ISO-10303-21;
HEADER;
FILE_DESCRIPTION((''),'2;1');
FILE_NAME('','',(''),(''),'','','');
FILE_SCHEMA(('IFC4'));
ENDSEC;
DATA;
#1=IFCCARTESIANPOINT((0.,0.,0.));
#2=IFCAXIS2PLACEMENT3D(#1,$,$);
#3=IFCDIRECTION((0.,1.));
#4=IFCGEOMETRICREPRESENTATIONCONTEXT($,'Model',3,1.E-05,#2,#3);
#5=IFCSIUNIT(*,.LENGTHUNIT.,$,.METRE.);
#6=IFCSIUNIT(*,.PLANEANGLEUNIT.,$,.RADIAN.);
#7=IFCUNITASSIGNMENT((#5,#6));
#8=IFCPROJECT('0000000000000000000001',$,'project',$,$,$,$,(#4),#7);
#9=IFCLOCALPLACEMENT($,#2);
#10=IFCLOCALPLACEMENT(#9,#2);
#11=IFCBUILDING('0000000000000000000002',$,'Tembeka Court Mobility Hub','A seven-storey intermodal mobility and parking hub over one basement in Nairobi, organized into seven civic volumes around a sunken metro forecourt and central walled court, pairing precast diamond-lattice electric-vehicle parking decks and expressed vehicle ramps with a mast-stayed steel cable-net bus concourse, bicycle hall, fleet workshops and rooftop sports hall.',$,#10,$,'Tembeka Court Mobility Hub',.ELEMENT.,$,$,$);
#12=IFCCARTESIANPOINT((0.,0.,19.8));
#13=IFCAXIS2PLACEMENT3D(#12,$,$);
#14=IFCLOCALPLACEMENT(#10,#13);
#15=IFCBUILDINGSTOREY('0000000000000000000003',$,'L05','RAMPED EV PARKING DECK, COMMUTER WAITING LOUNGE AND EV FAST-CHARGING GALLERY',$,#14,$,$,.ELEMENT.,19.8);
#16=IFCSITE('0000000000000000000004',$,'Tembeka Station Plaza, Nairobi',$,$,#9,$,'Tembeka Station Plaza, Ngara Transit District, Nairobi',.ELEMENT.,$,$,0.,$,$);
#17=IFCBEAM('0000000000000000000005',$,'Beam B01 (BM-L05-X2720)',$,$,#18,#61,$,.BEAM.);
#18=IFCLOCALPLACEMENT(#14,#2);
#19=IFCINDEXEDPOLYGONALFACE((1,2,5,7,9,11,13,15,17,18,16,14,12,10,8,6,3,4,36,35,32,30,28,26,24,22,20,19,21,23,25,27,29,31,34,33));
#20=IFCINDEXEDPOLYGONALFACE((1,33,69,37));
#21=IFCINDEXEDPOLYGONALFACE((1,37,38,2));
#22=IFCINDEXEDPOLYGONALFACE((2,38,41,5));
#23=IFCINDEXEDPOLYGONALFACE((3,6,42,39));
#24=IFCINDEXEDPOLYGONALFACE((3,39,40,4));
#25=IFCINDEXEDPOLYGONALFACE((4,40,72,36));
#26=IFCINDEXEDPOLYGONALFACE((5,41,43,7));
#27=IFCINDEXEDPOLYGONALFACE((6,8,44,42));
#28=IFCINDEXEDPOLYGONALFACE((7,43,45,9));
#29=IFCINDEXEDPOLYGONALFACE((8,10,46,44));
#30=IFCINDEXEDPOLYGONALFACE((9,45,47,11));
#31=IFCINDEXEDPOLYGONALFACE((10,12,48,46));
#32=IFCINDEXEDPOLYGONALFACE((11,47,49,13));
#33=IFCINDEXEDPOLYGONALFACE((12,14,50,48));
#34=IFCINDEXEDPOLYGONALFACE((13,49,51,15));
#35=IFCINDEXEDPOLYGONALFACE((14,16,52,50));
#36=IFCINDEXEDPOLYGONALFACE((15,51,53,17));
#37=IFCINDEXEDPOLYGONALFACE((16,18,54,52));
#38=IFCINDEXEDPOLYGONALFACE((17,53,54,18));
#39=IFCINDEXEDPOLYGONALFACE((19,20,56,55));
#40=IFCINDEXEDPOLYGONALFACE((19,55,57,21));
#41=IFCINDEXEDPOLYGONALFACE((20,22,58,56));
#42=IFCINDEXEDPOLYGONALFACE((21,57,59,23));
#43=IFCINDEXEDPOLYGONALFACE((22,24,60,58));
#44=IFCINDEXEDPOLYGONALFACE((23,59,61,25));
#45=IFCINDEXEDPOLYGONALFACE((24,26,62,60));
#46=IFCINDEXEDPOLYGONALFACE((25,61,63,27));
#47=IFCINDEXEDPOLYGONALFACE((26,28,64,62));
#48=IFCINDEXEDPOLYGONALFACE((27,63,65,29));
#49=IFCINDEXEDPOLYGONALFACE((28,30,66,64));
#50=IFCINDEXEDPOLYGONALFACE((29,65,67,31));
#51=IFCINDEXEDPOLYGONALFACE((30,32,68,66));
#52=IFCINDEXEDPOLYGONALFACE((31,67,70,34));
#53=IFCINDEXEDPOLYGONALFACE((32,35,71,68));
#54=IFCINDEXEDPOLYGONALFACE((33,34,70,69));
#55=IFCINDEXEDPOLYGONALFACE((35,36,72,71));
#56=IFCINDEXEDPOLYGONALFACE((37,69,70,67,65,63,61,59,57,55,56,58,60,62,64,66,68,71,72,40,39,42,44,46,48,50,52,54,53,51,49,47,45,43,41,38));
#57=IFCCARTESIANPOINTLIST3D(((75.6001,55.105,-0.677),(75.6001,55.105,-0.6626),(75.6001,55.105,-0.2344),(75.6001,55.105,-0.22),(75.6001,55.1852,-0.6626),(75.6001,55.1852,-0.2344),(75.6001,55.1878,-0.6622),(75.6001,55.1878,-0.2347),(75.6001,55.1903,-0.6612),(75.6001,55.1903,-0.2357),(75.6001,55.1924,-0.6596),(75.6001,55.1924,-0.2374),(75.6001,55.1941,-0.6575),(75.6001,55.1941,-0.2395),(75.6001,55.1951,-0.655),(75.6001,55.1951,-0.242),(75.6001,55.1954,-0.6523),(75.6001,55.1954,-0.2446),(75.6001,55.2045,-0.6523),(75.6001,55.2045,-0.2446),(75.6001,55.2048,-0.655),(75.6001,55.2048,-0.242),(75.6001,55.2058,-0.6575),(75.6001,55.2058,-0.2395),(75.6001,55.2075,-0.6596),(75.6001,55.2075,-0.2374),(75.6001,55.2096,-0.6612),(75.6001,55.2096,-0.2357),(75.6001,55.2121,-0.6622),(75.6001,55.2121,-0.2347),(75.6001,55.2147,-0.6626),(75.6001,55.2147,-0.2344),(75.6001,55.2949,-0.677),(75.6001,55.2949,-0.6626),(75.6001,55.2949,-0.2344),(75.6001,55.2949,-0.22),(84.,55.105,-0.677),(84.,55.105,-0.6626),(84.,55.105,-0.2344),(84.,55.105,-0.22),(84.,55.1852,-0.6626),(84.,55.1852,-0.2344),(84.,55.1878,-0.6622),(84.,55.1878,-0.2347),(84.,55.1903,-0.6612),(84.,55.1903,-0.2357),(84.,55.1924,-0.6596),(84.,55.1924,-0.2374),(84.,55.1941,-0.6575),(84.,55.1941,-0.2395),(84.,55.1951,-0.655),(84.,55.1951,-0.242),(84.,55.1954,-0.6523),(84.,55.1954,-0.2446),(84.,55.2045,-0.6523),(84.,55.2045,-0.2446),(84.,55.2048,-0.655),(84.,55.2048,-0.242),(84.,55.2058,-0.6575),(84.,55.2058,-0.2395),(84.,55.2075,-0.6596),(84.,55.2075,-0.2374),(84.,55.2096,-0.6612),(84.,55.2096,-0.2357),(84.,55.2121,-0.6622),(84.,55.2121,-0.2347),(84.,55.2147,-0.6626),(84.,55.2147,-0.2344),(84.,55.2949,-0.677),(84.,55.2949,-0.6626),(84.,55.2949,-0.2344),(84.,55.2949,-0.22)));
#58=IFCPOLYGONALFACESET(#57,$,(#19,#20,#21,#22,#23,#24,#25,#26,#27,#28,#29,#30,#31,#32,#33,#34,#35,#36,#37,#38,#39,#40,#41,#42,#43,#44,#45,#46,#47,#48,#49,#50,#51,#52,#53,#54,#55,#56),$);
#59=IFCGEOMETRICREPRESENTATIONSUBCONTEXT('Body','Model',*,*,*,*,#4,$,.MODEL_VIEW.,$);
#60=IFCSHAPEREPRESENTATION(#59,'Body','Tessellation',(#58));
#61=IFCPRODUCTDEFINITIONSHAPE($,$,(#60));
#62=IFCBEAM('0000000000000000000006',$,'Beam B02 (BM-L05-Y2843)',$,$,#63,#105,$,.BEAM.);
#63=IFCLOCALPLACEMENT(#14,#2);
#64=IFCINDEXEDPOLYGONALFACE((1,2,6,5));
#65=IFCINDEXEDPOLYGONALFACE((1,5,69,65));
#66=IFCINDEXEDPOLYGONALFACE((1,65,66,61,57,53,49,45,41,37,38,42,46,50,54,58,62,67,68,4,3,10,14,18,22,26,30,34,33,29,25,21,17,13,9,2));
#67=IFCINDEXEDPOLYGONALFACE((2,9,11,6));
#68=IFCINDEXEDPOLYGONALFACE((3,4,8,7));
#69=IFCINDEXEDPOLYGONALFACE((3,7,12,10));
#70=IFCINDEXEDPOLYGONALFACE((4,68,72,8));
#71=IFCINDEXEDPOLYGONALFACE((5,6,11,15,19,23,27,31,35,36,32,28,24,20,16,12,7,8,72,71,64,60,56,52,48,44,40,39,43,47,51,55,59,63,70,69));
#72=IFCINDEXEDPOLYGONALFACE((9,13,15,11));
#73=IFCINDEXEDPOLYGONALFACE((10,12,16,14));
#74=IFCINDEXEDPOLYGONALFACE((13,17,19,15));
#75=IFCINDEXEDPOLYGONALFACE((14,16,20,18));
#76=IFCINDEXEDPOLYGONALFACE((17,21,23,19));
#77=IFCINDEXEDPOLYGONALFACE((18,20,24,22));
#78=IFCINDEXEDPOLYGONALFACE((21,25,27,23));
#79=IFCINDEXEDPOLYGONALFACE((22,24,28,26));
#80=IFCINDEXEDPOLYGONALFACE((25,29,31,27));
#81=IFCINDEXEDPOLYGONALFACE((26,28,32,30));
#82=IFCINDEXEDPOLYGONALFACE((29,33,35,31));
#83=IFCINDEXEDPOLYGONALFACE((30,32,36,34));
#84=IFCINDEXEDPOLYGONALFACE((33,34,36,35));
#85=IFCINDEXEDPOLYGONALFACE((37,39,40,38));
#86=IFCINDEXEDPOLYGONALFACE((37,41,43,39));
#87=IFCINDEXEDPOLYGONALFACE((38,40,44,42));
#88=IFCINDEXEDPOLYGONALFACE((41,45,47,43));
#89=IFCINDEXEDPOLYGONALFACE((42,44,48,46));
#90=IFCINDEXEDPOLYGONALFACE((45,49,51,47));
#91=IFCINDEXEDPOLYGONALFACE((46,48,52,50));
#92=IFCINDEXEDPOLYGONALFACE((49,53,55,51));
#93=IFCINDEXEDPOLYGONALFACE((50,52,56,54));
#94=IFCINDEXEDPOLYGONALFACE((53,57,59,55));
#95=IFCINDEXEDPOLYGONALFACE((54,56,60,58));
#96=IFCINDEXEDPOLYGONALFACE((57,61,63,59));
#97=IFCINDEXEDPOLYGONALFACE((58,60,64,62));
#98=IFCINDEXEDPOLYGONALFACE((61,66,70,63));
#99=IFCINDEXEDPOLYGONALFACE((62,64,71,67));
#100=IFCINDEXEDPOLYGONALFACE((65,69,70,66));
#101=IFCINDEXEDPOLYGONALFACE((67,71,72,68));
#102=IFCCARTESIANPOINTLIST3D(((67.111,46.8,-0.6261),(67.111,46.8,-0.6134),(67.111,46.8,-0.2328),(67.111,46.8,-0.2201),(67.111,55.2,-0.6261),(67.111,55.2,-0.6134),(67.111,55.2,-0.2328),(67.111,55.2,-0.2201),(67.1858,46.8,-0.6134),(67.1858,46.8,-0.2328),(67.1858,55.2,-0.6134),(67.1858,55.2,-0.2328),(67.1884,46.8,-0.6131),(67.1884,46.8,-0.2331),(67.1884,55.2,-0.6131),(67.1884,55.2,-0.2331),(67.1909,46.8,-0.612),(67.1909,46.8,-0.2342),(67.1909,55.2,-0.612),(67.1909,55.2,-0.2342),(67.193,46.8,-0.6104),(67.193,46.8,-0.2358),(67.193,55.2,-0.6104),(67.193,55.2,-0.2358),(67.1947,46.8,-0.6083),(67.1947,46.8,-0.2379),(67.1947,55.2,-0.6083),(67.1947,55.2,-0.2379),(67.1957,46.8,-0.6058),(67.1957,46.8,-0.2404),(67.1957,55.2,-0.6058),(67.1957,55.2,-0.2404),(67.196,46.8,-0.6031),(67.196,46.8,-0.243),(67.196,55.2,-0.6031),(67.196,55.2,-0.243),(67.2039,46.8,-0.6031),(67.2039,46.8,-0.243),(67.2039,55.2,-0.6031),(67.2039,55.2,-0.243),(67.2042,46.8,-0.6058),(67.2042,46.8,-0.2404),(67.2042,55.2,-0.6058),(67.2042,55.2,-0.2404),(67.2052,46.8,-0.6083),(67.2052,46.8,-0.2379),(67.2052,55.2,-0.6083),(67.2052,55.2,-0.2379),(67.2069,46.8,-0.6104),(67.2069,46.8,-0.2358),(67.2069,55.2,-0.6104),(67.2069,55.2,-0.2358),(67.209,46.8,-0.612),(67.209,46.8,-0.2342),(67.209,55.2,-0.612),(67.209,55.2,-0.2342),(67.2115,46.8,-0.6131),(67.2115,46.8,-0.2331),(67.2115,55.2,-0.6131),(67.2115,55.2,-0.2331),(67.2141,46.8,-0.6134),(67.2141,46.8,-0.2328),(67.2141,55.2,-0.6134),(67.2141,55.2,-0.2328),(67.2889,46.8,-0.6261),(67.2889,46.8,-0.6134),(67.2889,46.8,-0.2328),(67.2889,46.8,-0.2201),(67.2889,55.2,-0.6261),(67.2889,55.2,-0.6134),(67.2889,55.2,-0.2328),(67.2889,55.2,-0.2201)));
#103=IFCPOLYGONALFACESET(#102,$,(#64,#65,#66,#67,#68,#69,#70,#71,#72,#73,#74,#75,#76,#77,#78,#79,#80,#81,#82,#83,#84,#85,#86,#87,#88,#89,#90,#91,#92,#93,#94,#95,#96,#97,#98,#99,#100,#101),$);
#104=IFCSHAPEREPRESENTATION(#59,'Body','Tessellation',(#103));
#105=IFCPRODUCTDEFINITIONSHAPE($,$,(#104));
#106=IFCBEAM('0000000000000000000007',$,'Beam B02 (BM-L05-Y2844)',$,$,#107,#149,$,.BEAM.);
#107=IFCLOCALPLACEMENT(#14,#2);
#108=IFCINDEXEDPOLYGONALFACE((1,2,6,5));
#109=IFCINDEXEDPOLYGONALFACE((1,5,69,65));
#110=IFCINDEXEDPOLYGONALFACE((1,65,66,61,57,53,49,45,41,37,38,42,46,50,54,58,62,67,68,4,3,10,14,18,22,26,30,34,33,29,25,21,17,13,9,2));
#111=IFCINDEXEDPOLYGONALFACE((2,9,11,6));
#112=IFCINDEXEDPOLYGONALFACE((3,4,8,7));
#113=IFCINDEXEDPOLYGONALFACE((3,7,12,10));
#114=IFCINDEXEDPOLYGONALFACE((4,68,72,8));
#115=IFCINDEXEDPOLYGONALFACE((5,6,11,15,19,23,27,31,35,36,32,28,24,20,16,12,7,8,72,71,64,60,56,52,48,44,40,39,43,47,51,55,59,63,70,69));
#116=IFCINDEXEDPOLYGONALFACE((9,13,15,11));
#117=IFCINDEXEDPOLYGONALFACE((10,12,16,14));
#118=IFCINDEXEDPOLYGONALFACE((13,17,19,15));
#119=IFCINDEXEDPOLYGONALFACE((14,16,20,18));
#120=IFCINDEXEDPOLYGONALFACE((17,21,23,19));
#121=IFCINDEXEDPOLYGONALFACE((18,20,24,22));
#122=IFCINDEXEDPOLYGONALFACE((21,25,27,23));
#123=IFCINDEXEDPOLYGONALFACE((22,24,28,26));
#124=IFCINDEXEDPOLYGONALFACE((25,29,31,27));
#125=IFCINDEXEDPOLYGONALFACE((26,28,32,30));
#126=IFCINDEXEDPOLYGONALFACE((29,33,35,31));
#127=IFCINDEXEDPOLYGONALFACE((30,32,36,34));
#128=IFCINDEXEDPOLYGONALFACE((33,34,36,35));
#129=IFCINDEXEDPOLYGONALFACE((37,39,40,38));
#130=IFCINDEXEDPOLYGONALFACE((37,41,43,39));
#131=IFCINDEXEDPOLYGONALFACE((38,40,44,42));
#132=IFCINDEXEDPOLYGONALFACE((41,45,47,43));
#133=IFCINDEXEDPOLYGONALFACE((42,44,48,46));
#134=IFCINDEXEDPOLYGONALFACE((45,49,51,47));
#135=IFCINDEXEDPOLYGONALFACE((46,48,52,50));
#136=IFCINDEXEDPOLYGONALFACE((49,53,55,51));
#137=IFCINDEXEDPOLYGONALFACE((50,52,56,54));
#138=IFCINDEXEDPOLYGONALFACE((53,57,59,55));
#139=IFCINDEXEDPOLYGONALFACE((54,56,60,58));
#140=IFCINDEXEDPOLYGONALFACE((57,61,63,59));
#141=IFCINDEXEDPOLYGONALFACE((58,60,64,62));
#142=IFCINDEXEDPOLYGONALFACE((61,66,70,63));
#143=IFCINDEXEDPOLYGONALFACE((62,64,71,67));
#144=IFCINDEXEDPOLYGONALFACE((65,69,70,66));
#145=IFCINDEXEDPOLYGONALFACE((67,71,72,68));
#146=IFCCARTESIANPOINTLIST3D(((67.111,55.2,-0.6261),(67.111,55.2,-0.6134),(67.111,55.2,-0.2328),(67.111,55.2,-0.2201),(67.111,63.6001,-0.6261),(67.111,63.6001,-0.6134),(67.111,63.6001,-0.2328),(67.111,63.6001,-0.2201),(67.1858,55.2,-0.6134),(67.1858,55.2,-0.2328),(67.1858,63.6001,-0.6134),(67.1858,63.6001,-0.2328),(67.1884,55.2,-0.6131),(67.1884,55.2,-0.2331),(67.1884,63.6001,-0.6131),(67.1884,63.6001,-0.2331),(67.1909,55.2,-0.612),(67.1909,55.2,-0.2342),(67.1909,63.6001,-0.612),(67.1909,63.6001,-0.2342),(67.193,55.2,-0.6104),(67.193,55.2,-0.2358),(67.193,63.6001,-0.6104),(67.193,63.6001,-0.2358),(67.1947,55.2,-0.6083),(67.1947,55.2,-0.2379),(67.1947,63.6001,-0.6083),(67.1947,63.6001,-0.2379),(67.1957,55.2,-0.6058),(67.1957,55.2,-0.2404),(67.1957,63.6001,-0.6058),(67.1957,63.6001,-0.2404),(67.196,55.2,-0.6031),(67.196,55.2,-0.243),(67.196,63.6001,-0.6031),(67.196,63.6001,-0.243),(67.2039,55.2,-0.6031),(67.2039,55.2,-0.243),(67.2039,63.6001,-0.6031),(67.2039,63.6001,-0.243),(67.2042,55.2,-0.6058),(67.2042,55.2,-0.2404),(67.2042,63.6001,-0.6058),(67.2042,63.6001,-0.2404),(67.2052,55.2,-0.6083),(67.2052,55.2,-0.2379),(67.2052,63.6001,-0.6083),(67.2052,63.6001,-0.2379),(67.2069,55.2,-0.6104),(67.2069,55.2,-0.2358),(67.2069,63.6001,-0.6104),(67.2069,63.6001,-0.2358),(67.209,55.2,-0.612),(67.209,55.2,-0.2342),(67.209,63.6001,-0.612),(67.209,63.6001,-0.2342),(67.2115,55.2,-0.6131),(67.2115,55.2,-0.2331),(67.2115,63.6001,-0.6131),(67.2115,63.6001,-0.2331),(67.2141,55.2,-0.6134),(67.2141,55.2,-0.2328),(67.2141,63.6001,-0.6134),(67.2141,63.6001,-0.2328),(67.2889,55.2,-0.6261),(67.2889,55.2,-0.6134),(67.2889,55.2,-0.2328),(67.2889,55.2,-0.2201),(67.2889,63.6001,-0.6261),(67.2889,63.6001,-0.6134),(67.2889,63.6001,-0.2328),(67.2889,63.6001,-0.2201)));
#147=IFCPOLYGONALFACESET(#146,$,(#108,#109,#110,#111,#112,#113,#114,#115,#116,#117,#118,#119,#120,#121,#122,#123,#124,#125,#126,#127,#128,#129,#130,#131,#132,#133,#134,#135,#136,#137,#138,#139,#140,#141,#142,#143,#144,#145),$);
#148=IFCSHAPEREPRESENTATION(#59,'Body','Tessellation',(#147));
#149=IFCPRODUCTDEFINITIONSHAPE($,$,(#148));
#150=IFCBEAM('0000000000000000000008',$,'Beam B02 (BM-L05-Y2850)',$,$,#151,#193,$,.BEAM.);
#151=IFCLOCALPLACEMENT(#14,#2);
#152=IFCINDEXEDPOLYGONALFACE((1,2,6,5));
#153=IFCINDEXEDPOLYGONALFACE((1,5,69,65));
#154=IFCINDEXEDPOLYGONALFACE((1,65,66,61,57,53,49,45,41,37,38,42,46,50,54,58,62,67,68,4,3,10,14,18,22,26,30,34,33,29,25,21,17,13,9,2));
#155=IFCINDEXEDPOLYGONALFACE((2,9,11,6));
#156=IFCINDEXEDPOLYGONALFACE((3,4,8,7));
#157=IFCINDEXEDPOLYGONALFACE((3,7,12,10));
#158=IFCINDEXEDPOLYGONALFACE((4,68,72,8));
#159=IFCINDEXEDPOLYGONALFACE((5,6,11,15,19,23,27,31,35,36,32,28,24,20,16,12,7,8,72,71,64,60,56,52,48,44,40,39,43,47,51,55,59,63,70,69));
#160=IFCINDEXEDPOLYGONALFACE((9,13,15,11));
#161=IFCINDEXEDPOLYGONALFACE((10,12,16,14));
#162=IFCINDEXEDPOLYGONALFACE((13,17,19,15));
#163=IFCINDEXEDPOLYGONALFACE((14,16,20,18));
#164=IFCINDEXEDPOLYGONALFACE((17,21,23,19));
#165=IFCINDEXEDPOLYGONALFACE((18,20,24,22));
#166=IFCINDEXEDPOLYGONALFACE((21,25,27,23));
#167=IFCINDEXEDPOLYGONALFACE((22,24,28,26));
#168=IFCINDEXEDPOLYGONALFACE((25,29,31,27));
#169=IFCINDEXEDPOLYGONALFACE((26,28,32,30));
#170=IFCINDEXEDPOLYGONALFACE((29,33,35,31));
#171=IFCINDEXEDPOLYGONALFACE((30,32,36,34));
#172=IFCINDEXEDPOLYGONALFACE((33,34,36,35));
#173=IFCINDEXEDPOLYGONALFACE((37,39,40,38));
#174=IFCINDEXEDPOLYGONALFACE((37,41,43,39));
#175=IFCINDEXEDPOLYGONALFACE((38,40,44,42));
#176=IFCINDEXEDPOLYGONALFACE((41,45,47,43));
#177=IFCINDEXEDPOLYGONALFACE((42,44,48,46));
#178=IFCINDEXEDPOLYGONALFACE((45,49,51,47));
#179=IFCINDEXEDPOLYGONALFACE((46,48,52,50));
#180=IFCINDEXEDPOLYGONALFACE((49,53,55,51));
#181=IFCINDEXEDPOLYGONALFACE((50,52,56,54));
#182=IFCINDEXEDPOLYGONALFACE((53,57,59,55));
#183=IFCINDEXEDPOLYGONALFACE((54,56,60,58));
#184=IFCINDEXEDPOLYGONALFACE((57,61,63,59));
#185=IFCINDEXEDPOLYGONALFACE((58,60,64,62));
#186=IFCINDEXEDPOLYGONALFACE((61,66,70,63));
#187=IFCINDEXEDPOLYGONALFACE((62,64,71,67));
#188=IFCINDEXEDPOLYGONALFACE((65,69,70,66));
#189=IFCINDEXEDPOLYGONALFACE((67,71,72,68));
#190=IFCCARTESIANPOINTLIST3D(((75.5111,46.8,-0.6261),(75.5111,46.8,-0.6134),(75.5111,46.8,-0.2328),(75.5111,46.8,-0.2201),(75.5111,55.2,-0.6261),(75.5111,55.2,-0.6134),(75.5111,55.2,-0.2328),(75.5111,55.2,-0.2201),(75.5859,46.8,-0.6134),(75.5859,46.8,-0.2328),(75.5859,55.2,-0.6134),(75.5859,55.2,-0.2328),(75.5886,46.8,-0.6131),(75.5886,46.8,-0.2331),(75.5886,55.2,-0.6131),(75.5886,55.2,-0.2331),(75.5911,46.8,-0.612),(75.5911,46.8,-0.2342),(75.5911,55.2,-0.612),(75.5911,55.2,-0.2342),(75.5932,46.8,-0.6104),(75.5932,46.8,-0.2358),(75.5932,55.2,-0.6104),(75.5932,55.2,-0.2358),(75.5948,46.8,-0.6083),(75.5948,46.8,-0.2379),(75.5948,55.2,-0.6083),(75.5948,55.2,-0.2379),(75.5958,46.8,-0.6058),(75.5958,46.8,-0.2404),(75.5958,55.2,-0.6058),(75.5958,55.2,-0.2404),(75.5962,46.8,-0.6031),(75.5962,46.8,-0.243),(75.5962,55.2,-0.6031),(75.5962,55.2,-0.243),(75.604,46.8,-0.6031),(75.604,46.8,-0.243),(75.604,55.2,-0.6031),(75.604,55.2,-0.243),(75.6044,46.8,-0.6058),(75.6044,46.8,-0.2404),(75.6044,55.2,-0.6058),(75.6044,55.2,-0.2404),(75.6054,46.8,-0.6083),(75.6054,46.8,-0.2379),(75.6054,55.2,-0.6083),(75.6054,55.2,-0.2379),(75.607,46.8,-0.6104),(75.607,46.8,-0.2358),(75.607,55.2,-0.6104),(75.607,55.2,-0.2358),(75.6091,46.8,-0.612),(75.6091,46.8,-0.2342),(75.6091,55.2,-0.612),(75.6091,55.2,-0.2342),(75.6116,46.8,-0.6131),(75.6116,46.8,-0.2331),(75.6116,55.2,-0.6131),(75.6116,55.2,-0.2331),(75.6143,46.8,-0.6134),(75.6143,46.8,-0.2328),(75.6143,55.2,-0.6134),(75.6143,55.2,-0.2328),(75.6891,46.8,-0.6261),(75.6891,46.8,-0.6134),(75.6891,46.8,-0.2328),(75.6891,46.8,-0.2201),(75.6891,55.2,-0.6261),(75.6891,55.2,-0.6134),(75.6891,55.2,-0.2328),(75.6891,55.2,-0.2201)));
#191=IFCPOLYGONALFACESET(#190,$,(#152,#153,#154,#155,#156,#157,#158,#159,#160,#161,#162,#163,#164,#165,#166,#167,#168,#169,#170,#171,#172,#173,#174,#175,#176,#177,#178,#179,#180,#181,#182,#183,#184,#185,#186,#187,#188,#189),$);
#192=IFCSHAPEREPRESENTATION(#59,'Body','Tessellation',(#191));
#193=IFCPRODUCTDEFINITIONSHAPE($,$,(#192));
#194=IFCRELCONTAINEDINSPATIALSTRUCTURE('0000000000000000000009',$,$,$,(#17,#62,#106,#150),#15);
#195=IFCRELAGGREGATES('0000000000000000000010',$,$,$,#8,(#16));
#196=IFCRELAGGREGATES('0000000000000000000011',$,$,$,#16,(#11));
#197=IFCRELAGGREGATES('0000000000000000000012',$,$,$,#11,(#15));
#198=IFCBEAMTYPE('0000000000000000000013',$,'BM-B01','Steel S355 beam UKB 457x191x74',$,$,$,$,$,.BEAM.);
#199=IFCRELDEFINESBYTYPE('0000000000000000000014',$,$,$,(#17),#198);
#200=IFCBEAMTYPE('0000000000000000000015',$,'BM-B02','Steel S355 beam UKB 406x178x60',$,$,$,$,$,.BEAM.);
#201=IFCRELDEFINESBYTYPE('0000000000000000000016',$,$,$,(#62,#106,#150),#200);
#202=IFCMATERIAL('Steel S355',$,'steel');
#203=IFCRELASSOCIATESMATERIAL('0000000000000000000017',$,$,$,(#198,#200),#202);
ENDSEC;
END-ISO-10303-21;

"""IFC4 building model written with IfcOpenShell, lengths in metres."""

from ifc_helpers import new_model, si_unit, direction, frame, origin, origin_2d, place, context, subcontext, project, spatial, i_section, extrude, material, material_profile, profile_set, type_object, element, save


model = new_model("IFC4")

# Units and contexts
model_context = context("Model", 3, precision=1e-05, world=origin(), true_north=direction((0.0, 1.0)))
body_context = subcontext(model_context, "Body", "Model", "MODEL_VIEW")
ifc_project = project(units=[si_unit("LENGTHUNIT", "METRE"), si_unit("PLANEANGLEUNIT", "RADIAN")], contexts=[model_context])

# Site, building, storey
site_placement = place(None, origin())
site = spatial("IfcSite", under=ifc_project, at=site_placement, Name="Tembeka Station Plaza, Nairobi", LongName="Tembeka Station Plaza, Ngara Transit District, Nairobi", CompositionType="ELEMENT", RefElevation=0.0)
building_placement = place(site_placement, origin())
building = spatial("IfcBuilding", under=site, at=building_placement, Name="Tembeka Court Mobility Hub", Description="A seven-storey intermodal mobility and parking hub over one basement in Nairobi, organized into seven civic volumes around a sunken metro forecourt and central walled court, pairing precast diamond-lattice electric-vehicle parking decks and expressed vehicle ramps with a mast-stayed steel cable-net bus concourse, bicycle hall, fleet workshops and rooftop sports hall.", LongName="Tembeka Court Mobility Hub", CompositionType="ELEMENT")
storey_placement = place(building_placement, frame((0.0, 0.0, 19.8)))
storey = spatial("IfcBuildingStorey", under=building, at=storey_placement, Name="L05", Description="RAMPED EV PARKING DECK, COMMUTER WAITING LOUNGE AND EV FAST-CHARGING GALLERY", CompositionType="ELEMENT", Elevation=19.8)

# Shared definitions
ifc_material_1 = material(Name="Steel S355", Category="steel")

# Beams
ifc_material_profile_1 = material_profile(ifc_material_1, i_section(OverallWidth=0.1899, OverallDepth=0.457, WebThickness=0.009, FlangeThickness=0.0144, FilletRadius=0.0103, at=origin_2d()), Name="UKB 457x191x74")
ifc_profile_set_1 = profile_set([ifc_material_profile_1], Name="Steel S355")
beam_type_1 = type_object("IfcBeamType", Name="BM-B01", Description="Steel S355 beam UKB 457x191x74", PredefinedType="BEAM", material=ifc_profile_set_1)
beam_1_placement = place(storey_placement, frame((75.6001, 55.2, -0.4485), z_axis=(1.0, 0.0, 0.0), x_axis=(0.0, 1.0, 0.0)))
element("IfcBeam", 1, at=beam_1_placement, inside=storey, type_object=beam_type_1, Name="Beam B01 (BM-L05-X2720)", PredefinedType="BEAM", context=body_context, shape_type="SweptSolid", body=[
    extrude(i_section(OverallWidth=0.1899, OverallDepth=0.457, WebThickness=0.009, FlangeThickness=0.0144, FilletRadius=0.0103, at=origin_2d()), origin(), (0.0, 0.0, 1.0), 8.3999),
])
ifc_material_profile_2 = material_profile(ifc_material_1, i_section(OverallWidth=0.178, OverallDepth=0.406, WebThickness=0.0078, FlangeThickness=0.0127, FilletRadius=0.0103, at=origin_2d()), Name="UKB 406x178x60")
ifc_profile_set_2 = profile_set([ifc_material_profile_2], Name="Steel S355")
beam_type_2 = type_object("IfcBeamType", Name="BM-B02", Description="Steel S355 beam UKB 406x178x60", PredefinedType="BEAM", material=ifc_profile_set_2)
beam_2_placement = place(storey_placement, frame((67.2, 46.8, -0.4231), z_axis=(0.0, 1.0, 0.0), x_axis=(-1.0, 0.0, 0.0)))
element("IfcBeam", 2, at=beam_2_placement, inside=storey, type_object=beam_type_2, Name="Beam B02 (BM-L05-Y2843)", PredefinedType="BEAM", context=body_context, shape_type="SweptSolid", body=[
    extrude(i_section(OverallWidth=0.178, OverallDepth=0.406, WebThickness=0.0078, FlangeThickness=0.0127, FilletRadius=0.0103, at=origin_2d()), origin(), (0.0, 0.0, 1.0), 8.3999),
])
beam_3_placement = place(storey_placement, frame((67.2, 55.2, -0.4231), z_axis=(0.0, 1.0, 0.0), x_axis=(-1.0, 0.0, 0.0)))
element("IfcBeam", 3, at=beam_3_placement, inside=storey, type_object=beam_type_2, Name="Beam B02 (BM-L05-Y2844)", PredefinedType="BEAM", context=body_context, shape_type="SweptSolid", body=[
    extrude(i_section(OverallWidth=0.178, OverallDepth=0.406, WebThickness=0.0078, FlangeThickness=0.0127, FilletRadius=0.0103, at=origin_2d()), origin(), (0.0, 0.0, 1.0), 8.4001),
])
beam_4_placement = place(storey_placement, frame((75.6001, 46.8, -0.4231), z_axis=(0.0, 1.0, 0.0), x_axis=(-1.0, 0.0, 0.0)))
element("IfcBeam", 4, at=beam_4_placement, inside=storey, type_object=beam_type_2, Name="Beam B02 (BM-L05-Y2850)", PredefinedType="BEAM", context=body_context, shape_type="SweptSolid", body=[
    extrude(i_section(OverallWidth=0.178, OverallDepth=0.406, WebThickness=0.0078, FlangeThickness=0.0127, FilletRadius=0.0103, at=origin_2d()), origin(), (0.0, 0.0, 1.0), 8.3999),
])

save(model, "model.ifc")
